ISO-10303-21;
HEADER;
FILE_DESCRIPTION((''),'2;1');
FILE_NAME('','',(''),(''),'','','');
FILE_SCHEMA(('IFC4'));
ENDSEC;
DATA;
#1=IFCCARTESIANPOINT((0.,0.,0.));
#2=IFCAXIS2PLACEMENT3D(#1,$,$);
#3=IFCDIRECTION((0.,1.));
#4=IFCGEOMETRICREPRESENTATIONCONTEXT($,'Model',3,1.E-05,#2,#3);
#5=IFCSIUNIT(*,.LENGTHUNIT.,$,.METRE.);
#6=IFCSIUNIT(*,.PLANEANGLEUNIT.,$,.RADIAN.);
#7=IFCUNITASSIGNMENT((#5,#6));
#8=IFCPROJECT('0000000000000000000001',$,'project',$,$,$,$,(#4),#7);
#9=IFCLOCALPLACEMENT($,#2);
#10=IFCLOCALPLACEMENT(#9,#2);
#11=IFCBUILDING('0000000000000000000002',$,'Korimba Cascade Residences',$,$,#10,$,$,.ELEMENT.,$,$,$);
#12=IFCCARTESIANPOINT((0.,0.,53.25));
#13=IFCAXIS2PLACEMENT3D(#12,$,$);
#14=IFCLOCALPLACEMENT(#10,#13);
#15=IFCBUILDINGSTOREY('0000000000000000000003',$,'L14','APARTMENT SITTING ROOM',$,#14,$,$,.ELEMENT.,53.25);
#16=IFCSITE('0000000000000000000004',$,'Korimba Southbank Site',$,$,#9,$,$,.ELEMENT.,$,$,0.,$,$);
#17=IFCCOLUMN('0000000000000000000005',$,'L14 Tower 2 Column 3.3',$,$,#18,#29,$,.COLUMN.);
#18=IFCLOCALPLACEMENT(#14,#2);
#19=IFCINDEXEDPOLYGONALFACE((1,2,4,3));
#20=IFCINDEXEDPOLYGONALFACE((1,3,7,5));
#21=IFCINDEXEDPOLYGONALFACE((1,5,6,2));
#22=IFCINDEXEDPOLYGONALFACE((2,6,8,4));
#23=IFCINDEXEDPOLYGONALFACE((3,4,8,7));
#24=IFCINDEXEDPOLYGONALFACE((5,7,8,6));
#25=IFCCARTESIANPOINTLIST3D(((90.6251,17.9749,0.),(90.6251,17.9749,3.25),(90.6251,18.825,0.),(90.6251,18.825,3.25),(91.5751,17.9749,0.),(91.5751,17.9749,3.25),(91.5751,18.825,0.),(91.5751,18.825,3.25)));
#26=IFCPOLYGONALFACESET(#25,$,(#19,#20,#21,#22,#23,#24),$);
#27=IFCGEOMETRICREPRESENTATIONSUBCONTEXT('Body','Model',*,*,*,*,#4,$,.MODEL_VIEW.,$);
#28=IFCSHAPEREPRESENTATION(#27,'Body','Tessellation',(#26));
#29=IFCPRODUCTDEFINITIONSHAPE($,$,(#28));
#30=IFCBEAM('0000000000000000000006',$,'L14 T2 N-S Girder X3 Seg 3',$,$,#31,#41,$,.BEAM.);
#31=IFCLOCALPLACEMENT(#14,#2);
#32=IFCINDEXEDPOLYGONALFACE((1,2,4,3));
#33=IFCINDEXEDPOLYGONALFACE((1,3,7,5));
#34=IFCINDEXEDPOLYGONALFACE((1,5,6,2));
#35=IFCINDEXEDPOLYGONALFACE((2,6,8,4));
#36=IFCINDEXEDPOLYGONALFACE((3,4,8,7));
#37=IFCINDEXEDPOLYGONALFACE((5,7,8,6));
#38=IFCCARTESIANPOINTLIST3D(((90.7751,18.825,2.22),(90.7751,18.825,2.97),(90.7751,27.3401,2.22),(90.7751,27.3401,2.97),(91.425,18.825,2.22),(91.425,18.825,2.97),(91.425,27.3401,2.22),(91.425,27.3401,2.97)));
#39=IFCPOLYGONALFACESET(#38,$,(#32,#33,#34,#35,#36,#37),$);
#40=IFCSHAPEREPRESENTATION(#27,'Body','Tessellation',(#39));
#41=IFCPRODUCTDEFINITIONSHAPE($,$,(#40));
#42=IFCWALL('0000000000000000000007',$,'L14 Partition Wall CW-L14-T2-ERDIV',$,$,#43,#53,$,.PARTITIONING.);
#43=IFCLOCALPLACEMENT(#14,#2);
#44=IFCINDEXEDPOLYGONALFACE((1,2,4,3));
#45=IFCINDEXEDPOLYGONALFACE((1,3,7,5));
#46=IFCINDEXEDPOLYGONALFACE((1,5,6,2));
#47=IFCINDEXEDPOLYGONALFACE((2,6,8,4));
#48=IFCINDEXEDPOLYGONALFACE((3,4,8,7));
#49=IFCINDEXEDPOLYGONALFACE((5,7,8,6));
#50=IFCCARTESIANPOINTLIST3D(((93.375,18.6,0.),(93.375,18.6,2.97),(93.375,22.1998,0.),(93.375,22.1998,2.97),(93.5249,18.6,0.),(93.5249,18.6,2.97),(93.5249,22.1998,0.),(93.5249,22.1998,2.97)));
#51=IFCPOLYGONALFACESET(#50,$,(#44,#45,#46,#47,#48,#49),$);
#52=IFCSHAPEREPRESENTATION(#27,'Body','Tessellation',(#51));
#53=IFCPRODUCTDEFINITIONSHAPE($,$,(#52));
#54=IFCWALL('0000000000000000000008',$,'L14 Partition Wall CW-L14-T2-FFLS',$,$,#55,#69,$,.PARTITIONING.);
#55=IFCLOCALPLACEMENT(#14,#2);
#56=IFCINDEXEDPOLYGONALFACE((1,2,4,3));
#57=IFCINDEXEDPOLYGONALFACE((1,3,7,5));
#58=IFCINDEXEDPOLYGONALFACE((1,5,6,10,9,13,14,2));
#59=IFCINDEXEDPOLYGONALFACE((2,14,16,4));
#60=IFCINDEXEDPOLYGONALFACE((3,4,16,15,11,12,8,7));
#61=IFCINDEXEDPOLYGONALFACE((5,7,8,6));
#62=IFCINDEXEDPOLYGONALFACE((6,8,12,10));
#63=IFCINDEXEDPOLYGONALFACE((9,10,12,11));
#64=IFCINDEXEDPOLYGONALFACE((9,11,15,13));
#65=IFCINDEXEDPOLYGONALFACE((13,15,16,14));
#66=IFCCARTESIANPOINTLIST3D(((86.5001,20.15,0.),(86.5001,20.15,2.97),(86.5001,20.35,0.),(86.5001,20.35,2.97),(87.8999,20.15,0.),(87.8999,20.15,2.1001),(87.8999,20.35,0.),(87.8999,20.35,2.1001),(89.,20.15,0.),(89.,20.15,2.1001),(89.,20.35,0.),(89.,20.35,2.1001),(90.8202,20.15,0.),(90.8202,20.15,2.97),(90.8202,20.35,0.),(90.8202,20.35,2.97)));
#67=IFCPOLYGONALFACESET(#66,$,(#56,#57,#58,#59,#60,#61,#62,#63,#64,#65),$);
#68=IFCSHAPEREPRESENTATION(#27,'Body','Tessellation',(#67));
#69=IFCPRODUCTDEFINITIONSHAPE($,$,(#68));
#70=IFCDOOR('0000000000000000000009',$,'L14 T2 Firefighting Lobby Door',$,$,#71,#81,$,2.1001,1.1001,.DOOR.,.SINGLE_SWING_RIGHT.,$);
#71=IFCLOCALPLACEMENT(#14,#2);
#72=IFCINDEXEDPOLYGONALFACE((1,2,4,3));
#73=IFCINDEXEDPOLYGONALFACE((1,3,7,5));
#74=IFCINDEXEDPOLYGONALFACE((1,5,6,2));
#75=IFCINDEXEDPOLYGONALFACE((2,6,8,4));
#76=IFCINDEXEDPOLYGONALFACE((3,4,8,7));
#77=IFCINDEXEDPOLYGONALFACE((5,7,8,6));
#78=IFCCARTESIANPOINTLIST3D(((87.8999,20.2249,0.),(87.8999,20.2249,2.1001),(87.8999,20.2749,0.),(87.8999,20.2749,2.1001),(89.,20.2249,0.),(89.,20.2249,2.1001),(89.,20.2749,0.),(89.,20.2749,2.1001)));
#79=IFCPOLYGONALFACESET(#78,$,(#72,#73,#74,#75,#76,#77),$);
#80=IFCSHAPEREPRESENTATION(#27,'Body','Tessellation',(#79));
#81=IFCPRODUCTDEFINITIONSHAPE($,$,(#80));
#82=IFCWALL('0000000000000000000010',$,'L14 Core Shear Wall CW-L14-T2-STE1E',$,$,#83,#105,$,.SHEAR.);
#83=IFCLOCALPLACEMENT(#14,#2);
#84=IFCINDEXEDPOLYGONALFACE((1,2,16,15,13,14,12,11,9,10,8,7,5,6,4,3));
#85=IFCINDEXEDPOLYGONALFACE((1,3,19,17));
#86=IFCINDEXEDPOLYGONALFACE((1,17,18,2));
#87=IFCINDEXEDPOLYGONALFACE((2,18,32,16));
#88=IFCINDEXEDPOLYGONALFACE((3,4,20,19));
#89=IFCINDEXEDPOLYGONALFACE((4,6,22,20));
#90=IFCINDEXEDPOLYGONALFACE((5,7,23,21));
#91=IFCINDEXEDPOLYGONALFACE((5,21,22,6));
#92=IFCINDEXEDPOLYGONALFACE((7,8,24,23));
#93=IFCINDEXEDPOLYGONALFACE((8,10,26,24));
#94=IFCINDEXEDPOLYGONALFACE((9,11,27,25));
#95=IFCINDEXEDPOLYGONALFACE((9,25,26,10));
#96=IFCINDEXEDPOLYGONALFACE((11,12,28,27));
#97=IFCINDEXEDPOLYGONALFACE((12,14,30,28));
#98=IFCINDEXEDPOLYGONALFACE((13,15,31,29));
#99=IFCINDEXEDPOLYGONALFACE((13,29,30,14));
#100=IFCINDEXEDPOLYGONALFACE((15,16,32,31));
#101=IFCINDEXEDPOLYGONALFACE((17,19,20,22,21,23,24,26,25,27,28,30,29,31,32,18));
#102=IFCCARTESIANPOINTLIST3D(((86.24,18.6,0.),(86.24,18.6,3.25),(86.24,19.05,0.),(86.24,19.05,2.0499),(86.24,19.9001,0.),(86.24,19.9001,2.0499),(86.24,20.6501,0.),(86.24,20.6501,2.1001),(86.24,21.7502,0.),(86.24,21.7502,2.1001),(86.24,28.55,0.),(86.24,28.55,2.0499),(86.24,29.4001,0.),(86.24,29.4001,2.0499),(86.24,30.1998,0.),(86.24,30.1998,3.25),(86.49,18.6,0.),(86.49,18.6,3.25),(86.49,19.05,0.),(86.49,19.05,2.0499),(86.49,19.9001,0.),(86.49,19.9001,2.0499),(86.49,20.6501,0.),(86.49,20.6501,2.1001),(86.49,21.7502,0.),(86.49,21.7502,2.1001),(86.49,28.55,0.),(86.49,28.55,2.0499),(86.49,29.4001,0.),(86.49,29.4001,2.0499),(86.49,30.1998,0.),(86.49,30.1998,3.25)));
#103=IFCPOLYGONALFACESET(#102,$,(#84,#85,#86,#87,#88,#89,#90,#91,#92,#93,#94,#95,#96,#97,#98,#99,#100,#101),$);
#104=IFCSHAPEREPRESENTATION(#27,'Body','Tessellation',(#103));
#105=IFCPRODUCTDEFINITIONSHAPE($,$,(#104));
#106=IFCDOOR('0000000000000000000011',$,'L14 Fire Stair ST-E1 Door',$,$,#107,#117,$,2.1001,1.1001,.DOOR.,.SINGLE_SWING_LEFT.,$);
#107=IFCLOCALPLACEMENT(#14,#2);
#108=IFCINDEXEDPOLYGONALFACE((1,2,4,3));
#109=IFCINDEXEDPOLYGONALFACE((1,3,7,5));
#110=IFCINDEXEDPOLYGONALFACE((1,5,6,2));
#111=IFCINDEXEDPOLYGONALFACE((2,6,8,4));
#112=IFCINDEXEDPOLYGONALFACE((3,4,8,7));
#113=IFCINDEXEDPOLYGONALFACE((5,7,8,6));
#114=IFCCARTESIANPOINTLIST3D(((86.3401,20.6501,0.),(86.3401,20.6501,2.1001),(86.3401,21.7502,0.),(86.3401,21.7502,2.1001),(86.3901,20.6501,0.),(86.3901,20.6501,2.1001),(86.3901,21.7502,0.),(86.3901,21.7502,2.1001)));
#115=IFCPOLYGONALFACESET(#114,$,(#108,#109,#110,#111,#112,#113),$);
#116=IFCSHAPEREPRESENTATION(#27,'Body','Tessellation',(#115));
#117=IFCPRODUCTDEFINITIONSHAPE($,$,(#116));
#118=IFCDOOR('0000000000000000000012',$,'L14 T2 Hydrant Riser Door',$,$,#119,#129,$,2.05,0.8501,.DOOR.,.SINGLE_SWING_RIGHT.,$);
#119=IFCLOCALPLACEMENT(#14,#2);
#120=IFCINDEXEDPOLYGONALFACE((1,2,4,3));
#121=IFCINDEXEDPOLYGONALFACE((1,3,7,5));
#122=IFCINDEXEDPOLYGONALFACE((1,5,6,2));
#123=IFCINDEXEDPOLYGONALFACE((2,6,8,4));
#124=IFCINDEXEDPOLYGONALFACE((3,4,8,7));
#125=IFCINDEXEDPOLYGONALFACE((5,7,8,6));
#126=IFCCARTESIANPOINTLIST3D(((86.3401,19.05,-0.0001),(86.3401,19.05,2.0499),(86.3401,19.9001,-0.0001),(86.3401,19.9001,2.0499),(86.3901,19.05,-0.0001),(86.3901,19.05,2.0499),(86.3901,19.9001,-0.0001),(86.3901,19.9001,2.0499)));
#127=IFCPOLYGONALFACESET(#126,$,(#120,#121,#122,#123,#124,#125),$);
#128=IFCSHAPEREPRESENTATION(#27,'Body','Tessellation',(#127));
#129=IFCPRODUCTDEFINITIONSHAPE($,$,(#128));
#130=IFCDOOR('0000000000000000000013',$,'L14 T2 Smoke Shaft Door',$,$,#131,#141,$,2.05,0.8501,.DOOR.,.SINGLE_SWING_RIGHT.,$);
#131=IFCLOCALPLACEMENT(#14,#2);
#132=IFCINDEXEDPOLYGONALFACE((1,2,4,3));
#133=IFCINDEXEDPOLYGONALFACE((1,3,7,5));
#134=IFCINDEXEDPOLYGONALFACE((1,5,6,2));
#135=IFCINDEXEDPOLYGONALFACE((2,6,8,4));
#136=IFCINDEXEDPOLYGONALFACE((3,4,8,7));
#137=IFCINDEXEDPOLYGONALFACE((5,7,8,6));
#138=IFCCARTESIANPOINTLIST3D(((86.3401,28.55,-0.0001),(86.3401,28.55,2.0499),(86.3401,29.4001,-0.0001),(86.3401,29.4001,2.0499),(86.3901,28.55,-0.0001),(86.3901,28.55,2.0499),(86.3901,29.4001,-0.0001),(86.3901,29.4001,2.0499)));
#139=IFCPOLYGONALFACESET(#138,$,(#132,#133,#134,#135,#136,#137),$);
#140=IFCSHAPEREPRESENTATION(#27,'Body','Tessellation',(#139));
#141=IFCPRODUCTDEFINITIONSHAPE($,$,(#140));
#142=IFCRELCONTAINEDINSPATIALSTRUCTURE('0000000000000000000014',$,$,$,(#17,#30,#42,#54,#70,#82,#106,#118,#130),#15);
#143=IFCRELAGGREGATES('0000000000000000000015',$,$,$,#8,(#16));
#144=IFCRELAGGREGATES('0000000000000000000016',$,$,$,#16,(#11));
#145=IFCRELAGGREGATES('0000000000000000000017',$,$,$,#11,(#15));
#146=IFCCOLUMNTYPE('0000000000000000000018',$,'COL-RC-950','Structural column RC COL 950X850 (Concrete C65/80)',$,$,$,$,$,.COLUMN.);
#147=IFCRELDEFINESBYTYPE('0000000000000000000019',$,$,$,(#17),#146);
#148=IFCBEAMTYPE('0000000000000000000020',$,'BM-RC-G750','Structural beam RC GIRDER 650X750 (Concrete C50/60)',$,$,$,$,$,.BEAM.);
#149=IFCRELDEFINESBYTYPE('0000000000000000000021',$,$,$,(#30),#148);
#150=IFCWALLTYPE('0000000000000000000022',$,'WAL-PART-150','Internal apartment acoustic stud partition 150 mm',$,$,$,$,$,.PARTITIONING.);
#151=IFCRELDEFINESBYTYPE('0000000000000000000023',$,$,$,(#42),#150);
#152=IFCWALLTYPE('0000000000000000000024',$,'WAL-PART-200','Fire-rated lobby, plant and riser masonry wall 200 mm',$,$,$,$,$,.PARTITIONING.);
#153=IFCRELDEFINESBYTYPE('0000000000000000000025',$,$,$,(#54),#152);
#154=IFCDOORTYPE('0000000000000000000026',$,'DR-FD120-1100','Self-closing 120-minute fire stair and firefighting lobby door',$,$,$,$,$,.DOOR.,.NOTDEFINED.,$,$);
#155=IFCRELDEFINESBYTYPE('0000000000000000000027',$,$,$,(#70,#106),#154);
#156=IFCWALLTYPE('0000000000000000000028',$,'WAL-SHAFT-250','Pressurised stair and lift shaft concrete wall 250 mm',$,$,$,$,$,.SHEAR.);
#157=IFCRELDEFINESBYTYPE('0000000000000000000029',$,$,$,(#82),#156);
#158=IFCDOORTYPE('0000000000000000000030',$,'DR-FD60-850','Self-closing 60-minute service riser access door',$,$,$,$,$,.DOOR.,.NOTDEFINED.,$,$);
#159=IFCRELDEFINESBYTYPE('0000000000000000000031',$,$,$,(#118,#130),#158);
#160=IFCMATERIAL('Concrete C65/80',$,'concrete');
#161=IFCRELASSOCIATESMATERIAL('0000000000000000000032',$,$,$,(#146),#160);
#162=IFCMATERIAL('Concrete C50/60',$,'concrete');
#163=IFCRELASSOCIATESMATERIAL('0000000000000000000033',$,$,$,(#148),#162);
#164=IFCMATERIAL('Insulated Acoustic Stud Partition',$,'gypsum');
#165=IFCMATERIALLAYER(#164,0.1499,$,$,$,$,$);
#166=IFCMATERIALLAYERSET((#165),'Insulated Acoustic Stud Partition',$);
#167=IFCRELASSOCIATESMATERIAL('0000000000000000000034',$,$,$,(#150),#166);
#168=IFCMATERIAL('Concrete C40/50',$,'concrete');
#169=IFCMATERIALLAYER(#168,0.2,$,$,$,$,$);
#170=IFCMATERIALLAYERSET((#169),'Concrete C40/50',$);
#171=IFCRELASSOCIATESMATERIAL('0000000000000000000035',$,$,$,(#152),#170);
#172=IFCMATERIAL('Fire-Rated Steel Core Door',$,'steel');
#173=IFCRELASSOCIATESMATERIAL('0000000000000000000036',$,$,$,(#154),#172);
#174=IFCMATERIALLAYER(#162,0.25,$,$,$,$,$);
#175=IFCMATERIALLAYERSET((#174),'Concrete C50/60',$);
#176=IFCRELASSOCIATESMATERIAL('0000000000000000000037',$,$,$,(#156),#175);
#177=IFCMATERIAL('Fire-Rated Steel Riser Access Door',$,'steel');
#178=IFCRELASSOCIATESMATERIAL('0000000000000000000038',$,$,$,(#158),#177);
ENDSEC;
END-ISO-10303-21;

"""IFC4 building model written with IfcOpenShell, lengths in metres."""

from ifc_helpers import new_model, si_unit, direction, frame, frame_2d, origin, origin_2d, place, context, subcontext, project, spatial, rectangle, extrude, material, layer, layer_set, material_profile, profile_set, type_object, element, fill, save


model = new_model("IFC4")

# Units and contexts
model_context = context("Model", 3, precision=1e-05, world=origin(), true_north=direction((0.0, 1.0)))
body_context = subcontext(model_context, "Body", "Model", "MODEL_VIEW")
ifc_project = project(units=[si_unit("LENGTHUNIT", "METRE"), si_unit("PLANEANGLEUNIT", "RADIAN")], contexts=[model_context])

# Site, building, storey
site_placement = place(None, origin())
site = spatial("IfcSite", under=ifc_project, at=site_placement, Name="Korimba Southbank Site", CompositionType="ELEMENT", RefElevation=0.0)
building_placement = place(site_placement, origin())
building = spatial("IfcBuilding", under=site, at=building_placement, Name="Korimba Cascade Residences", CompositionType="ELEMENT")
storey_placement = place(building_placement, frame((0.0, 0.0, 53.25)))
storey = spatial("IfcBuildingStorey", under=building, at=storey_placement, Name="L14", Description="APARTMENT SITTING ROOM", CompositionType="ELEMENT", Elevation=53.25)

# Column
ifc_material_1 = material(Name="Concrete C65/80", Category="concrete")
ifc_material_profile_1 = material_profile(ifc_material_1, rectangle(XDim=0.95, YDim=0.8501, at=origin_2d()), Name="Concrete C65/80")
ifc_profile_set_1 = profile_set([ifc_material_profile_1], Name="Concrete C65/80")
column_type = type_object("IfcColumnType", Name="COL-RC-950", Description="Structural column RC COL 950X850 (Concrete C65/80)", PredefinedType="COLUMN", material=ifc_profile_set_1)
column_placement = place(storey_placement, frame((91.1001, 18.3999, 0.0), z_axis=(0.0, 0.0, 1.0), x_axis=(1.0, 0.0, 0.0)))
element("IfcColumn", 1, at=column_placement, inside=storey, type_object=column_type, Name="L14 Tower 2 Column 3.3", PredefinedType="COLUMN", context=body_context, shape_type="SweptSolid", body=[
    extrude(rectangle(XDim=0.95, YDim=0.8501, at=origin_2d()), origin(), (0.0, 0.0, 1.0), 3.25),
])

# Beam
ifc_material_2 = material(Name="Concrete C50/60", Category="concrete")
ifc_material_profile_2 = material_profile(ifc_material_2, rectangle(XDim=0.6499, YDim=0.75, at=origin_2d()), Name="Concrete C50/60")
ifc_profile_set_2 = profile_set([ifc_material_profile_2], Name="Concrete C50/60")
beam_type = type_object("IfcBeamType", Name="BM-RC-G750", Description="Structural beam RC GIRDER 650X750 (Concrete C50/60)", PredefinedType="BEAM", material=ifc_profile_set_2)
beam_placement = place(storey_placement, frame((91.1001, 18.825, 2.595), z_axis=(0.0, 1.0, 0.0), x_axis=(-1.0, 0.0, 0.0)))
element("IfcBeam", 2, at=beam_placement, inside=storey, type_object=beam_type, Name="L14 T2 N-S Girder X3 Seg 3", PredefinedType="BEAM", context=body_context, shape_type="SweptSolid", body=[
    extrude(rectangle(XDim=0.6499, YDim=0.75, at=origin_2d()), origin(), (0.0, 0.0, 1.0), 8.5151),
])

# Wall
ifc_material_3 = material(Name="Insulated Acoustic Stud Partition", Category="gypsum")
ifc_layer_1 = layer(ifc_material_3, 0.1499)
ifc_layer_set_1 = layer_set([ifc_layer_1], Name="Insulated Acoustic Stud Partition")
wall_type_1 = type_object("IfcWallType", Name="WAL-PART-150", Description="Internal apartment acoustic stud partition 150 mm", PredefinedType="PARTITIONING", material=ifc_layer_set_1)
wall_1_placement = place(storey_placement, frame((93.45, 18.6001, 0.0), z_axis=(0.0, 0.0, 1.0), x_axis=(0.0, 1.0, 0.0)))
element("IfcWall", 3, at=wall_1_placement, inside=storey, type_object=wall_type_1, Name="L14 Partition Wall CW-L14-T2-ERDIV", PredefinedType="PARTITIONING", context=body_context, shape_type="SweptSolid", body=[
    extrude(rectangle(XDim=3.5999, YDim=0.1499, at=frame_2d((1.7998, 0.0))), origin(), (0.0, 0.0, 1.0), 2.97),
])

# Wall, opening, door
ifc_material_4 = material(Name="Concrete C40/50", Category="concrete")
ifc_layer_2 = layer(ifc_material_4, 0.2)
ifc_layer_set_2 = layer_set([ifc_layer_2], Name="Concrete C40/50")
wall_type_2 = type_object("IfcWallType", Name="WAL-PART-200", Description="Fire-rated lobby, plant and riser masonry wall 200 mm", PredefinedType="PARTITIONING", material=ifc_layer_set_2)
wall_2_placement = place(storey_placement, frame((86.5, 20.25, 0.0), z_axis=(0.0, 0.0, 1.0), x_axis=(1.0, 0.0, 0.0)))
wall_2 = element("IfcWall", 4, at=wall_2_placement, inside=storey, type_object=wall_type_2, Name="L14 Partition Wall CW-L14-T2-FFLS", PredefinedType="PARTITIONING", context=body_context, shape_type="SweptSolid", body=[
    extrude(rectangle(XDim=4.3201, YDim=0.2, at=frame_2d((2.1602, 0.0))), origin(), (0.0, 0.0, 1.0), 2.97),
])
opening_1_placement = place(wall_2_placement, frame((1.3999, 0.0, 0.0)))
opening_1 = element("IfcOpeningElement", 5, at=opening_1_placement, cuts=wall_2, PredefinedType="OPENING", context=body_context, shape_type="SweptSolid", body=[
    extrude(rectangle(XDim=1.1001, YDim=2.1001, at=frame_2d((0.55, 1.05))), frame((0.0, 0.1099, 0.0), z_axis=(0.0, -1.0, 0.0), x_axis=(1.0, 0.0, 0.0)), (0.0, 0.0, 1.0), 0.22),
])
ifc_material_5 = material(Name="Fire-Rated Steel Core Door", Category="steel")
door_type_1 = type_object("IfcDoorType", Name="DR-FD120-1100", Description="Self-closing 120-minute fire stair and firefighting lobby door", OperationType="NOTDEFINED", PredefinedType="DOOR", material=ifc_material_5)
door_1_placement = place(opening_1_placement, origin())
door_1 = element("IfcDoor", 6, at=door_1_placement, inside=storey, type_object=door_type_1, Name="L14 T2 Firefighting Lobby Door", OperationType="SINGLE_SWING_RIGHT", OverallHeight=2.1001, OverallWidth=1.1001, PredefinedType="DOOR", context=body_context, shape_type="SweptSolid", body=[
    extrude(rectangle(XDim=1.1001, YDim=2.1001, at=frame_2d((0.55, 1.05))), frame((0.0, 0.0249, 0.0), z_axis=(0.0, -1.0, 0.0), x_axis=(1.0, 0.0, 0.0)), (0.0, 0.0, 1.0), 0.05),
])
fill(opening_1, door_1)

# Wall, openings, doors
ifc_layer_3 = layer(ifc_material_2, 0.25)
ifc_layer_set_3 = layer_set([ifc_layer_3], Name="Concrete C50/60")
wall_type_3 = type_object("IfcWallType", Name="WAL-SHAFT-250", Description="Pressurised stair and lift shaft concrete wall 250 mm", PredefinedType="SHEAR", material=ifc_layer_set_3)
wall_3_placement = place(storey_placement, frame((86.365, 18.6001, 0.0), z_axis=(0.0, 0.0, 1.0), x_axis=(0.0, 1.0, 0.0)))
wall_3 = element("IfcWall", 7, at=wall_3_placement, inside=storey, type_object=wall_type_3, Name="L14 Core Shear Wall CW-L14-T2-STE1E", PredefinedType="SHEAR", context=body_context, shape_type="SweptSolid", body=[
    extrude(rectangle(XDim=11.5999, YDim=0.25, at=frame_2d((5.7998, 0.0))), origin(), (0.0, 0.0, 1.0), 3.25),
])
opening_2_placement = place(wall_3_placement, frame((0.45, 0.0, 0.0)))
opening_2 = element("IfcOpeningElement", 8, at=opening_2_placement, cuts=wall_3, PredefinedType="OPENING", context=body_context, shape_type="SweptSolid", body=[
    extrude(rectangle(XDim=0.8501, YDim=2.05, at=frame_2d((0.425, 1.0249))), frame((0.0, 0.135, 0.0), z_axis=(0.0, -1.0, 0.0), x_axis=(1.0, 0.0, 0.0)), (0.0, 0.0, 1.0), 0.27),
])
opening_3_placement = place(wall_3_placement, frame((2.05, 0.0, 0.0)))
opening_3 = element("IfcOpeningElement", 9, at=opening_3_placement, cuts=wall_3, PredefinedType="OPENING", context=body_context, shape_type="SweptSolid", body=[
    extrude(rectangle(XDim=1.1001, YDim=2.1001, at=frame_2d((0.55, 1.05))), frame((0.0, 0.135, 0.0), z_axis=(0.0, -1.0, 0.0), x_axis=(1.0, 0.0, 0.0)), (0.0, 0.0, 1.0), 0.27),
])
opening_4_placement = place(wall_3_placement, frame((9.95, 0.0, 0.0)))
opening_4 = element("IfcOpeningElement", 10, at=opening_4_placement, cuts=wall_3, PredefinedType="OPENING", context=body_context, shape_type="SweptSolid", body=[
    extrude(rectangle(XDim=0.8501, YDim=2.05, at=frame_2d((0.425, 1.0249))), frame((0.0, 0.135, 0.0), z_axis=(0.0, -1.0, 0.0), x_axis=(1.0, 0.0, 0.0)), (0.0, 0.0, 1.0), 0.27),
])
door_2_placement = place(opening_3_placement, origin())
door_2 = element("IfcDoor", 11, at=door_2_placement, inside=storey, type_object=door_type_1, Name="L14 Fire Stair ST-E1 Door", OperationType="SINGLE_SWING_LEFT", OverallHeight=2.1001, OverallWidth=1.1001, PredefinedType="DOOR", context=body_context, shape_type="SweptSolid", body=[
    extrude(rectangle(XDim=1.1001, YDim=2.1001, at=frame_2d((0.55, 1.05))), frame((0.0, 0.0249, 0.0), z_axis=(0.0, -1.0, 0.0), x_axis=(1.0, 0.0, 0.0)), (0.0, 0.0, 1.0), 0.05),
])
fill(opening_3, door_2)
ifc_material_6 = material(Name="Fire-Rated Steel Riser Access Door", Category="steel")
door_type_2 = type_object("IfcDoorType", Name="DR-FD60-850", Description="Self-closing 60-minute service riser access door", OperationType="NOTDEFINED", PredefinedType="DOOR", material=ifc_material_6)
door_3_placement = place(opening_2_placement, origin())
door_3 = element("IfcDoor", 12, at=door_3_placement, inside=storey, type_object=door_type_2, Name="L14 T2 Hydrant Riser Door", OperationType="SINGLE_SWING_RIGHT", OverallHeight=2.05, OverallWidth=0.8501, PredefinedType="DOOR", context=body_context, shape_type="SweptSolid", body=[
    extrude(rectangle(XDim=0.8501, YDim=2.05, at=frame_2d((0.425, 1.0249))), frame((0.0, 0.0249, 0.0), z_axis=(0.0, -1.0, 0.0), x_axis=(1.0, 0.0, 0.0)), (0.0, 0.0, 1.0), 0.05),
])
fill(opening_2, door_3)
door_4_placement = place(opening_4_placement, origin())
door_4 = element("IfcDoor", 13, at=door_4_placement, inside=storey, type_object=door_type_2, Name="L14 T2 Smoke Shaft Door", OperationType="SINGLE_SWING_RIGHT", OverallHeight=2.05, OverallWidth=0.8501, PredefinedType="DOOR", context=body_context, shape_type="SweptSolid", body=[
    extrude(rectangle(XDim=0.8501, YDim=2.05, at=frame_2d((0.425, 1.0249))), frame((0.0, 0.0249, 0.0), z_axis=(0.0, -1.0, 0.0), x_axis=(1.0, 0.0, 0.0)), (0.0, 0.0, 1.0), 0.05),
])
fill(opening_4, door_4)

save(model, "model.ifc")
